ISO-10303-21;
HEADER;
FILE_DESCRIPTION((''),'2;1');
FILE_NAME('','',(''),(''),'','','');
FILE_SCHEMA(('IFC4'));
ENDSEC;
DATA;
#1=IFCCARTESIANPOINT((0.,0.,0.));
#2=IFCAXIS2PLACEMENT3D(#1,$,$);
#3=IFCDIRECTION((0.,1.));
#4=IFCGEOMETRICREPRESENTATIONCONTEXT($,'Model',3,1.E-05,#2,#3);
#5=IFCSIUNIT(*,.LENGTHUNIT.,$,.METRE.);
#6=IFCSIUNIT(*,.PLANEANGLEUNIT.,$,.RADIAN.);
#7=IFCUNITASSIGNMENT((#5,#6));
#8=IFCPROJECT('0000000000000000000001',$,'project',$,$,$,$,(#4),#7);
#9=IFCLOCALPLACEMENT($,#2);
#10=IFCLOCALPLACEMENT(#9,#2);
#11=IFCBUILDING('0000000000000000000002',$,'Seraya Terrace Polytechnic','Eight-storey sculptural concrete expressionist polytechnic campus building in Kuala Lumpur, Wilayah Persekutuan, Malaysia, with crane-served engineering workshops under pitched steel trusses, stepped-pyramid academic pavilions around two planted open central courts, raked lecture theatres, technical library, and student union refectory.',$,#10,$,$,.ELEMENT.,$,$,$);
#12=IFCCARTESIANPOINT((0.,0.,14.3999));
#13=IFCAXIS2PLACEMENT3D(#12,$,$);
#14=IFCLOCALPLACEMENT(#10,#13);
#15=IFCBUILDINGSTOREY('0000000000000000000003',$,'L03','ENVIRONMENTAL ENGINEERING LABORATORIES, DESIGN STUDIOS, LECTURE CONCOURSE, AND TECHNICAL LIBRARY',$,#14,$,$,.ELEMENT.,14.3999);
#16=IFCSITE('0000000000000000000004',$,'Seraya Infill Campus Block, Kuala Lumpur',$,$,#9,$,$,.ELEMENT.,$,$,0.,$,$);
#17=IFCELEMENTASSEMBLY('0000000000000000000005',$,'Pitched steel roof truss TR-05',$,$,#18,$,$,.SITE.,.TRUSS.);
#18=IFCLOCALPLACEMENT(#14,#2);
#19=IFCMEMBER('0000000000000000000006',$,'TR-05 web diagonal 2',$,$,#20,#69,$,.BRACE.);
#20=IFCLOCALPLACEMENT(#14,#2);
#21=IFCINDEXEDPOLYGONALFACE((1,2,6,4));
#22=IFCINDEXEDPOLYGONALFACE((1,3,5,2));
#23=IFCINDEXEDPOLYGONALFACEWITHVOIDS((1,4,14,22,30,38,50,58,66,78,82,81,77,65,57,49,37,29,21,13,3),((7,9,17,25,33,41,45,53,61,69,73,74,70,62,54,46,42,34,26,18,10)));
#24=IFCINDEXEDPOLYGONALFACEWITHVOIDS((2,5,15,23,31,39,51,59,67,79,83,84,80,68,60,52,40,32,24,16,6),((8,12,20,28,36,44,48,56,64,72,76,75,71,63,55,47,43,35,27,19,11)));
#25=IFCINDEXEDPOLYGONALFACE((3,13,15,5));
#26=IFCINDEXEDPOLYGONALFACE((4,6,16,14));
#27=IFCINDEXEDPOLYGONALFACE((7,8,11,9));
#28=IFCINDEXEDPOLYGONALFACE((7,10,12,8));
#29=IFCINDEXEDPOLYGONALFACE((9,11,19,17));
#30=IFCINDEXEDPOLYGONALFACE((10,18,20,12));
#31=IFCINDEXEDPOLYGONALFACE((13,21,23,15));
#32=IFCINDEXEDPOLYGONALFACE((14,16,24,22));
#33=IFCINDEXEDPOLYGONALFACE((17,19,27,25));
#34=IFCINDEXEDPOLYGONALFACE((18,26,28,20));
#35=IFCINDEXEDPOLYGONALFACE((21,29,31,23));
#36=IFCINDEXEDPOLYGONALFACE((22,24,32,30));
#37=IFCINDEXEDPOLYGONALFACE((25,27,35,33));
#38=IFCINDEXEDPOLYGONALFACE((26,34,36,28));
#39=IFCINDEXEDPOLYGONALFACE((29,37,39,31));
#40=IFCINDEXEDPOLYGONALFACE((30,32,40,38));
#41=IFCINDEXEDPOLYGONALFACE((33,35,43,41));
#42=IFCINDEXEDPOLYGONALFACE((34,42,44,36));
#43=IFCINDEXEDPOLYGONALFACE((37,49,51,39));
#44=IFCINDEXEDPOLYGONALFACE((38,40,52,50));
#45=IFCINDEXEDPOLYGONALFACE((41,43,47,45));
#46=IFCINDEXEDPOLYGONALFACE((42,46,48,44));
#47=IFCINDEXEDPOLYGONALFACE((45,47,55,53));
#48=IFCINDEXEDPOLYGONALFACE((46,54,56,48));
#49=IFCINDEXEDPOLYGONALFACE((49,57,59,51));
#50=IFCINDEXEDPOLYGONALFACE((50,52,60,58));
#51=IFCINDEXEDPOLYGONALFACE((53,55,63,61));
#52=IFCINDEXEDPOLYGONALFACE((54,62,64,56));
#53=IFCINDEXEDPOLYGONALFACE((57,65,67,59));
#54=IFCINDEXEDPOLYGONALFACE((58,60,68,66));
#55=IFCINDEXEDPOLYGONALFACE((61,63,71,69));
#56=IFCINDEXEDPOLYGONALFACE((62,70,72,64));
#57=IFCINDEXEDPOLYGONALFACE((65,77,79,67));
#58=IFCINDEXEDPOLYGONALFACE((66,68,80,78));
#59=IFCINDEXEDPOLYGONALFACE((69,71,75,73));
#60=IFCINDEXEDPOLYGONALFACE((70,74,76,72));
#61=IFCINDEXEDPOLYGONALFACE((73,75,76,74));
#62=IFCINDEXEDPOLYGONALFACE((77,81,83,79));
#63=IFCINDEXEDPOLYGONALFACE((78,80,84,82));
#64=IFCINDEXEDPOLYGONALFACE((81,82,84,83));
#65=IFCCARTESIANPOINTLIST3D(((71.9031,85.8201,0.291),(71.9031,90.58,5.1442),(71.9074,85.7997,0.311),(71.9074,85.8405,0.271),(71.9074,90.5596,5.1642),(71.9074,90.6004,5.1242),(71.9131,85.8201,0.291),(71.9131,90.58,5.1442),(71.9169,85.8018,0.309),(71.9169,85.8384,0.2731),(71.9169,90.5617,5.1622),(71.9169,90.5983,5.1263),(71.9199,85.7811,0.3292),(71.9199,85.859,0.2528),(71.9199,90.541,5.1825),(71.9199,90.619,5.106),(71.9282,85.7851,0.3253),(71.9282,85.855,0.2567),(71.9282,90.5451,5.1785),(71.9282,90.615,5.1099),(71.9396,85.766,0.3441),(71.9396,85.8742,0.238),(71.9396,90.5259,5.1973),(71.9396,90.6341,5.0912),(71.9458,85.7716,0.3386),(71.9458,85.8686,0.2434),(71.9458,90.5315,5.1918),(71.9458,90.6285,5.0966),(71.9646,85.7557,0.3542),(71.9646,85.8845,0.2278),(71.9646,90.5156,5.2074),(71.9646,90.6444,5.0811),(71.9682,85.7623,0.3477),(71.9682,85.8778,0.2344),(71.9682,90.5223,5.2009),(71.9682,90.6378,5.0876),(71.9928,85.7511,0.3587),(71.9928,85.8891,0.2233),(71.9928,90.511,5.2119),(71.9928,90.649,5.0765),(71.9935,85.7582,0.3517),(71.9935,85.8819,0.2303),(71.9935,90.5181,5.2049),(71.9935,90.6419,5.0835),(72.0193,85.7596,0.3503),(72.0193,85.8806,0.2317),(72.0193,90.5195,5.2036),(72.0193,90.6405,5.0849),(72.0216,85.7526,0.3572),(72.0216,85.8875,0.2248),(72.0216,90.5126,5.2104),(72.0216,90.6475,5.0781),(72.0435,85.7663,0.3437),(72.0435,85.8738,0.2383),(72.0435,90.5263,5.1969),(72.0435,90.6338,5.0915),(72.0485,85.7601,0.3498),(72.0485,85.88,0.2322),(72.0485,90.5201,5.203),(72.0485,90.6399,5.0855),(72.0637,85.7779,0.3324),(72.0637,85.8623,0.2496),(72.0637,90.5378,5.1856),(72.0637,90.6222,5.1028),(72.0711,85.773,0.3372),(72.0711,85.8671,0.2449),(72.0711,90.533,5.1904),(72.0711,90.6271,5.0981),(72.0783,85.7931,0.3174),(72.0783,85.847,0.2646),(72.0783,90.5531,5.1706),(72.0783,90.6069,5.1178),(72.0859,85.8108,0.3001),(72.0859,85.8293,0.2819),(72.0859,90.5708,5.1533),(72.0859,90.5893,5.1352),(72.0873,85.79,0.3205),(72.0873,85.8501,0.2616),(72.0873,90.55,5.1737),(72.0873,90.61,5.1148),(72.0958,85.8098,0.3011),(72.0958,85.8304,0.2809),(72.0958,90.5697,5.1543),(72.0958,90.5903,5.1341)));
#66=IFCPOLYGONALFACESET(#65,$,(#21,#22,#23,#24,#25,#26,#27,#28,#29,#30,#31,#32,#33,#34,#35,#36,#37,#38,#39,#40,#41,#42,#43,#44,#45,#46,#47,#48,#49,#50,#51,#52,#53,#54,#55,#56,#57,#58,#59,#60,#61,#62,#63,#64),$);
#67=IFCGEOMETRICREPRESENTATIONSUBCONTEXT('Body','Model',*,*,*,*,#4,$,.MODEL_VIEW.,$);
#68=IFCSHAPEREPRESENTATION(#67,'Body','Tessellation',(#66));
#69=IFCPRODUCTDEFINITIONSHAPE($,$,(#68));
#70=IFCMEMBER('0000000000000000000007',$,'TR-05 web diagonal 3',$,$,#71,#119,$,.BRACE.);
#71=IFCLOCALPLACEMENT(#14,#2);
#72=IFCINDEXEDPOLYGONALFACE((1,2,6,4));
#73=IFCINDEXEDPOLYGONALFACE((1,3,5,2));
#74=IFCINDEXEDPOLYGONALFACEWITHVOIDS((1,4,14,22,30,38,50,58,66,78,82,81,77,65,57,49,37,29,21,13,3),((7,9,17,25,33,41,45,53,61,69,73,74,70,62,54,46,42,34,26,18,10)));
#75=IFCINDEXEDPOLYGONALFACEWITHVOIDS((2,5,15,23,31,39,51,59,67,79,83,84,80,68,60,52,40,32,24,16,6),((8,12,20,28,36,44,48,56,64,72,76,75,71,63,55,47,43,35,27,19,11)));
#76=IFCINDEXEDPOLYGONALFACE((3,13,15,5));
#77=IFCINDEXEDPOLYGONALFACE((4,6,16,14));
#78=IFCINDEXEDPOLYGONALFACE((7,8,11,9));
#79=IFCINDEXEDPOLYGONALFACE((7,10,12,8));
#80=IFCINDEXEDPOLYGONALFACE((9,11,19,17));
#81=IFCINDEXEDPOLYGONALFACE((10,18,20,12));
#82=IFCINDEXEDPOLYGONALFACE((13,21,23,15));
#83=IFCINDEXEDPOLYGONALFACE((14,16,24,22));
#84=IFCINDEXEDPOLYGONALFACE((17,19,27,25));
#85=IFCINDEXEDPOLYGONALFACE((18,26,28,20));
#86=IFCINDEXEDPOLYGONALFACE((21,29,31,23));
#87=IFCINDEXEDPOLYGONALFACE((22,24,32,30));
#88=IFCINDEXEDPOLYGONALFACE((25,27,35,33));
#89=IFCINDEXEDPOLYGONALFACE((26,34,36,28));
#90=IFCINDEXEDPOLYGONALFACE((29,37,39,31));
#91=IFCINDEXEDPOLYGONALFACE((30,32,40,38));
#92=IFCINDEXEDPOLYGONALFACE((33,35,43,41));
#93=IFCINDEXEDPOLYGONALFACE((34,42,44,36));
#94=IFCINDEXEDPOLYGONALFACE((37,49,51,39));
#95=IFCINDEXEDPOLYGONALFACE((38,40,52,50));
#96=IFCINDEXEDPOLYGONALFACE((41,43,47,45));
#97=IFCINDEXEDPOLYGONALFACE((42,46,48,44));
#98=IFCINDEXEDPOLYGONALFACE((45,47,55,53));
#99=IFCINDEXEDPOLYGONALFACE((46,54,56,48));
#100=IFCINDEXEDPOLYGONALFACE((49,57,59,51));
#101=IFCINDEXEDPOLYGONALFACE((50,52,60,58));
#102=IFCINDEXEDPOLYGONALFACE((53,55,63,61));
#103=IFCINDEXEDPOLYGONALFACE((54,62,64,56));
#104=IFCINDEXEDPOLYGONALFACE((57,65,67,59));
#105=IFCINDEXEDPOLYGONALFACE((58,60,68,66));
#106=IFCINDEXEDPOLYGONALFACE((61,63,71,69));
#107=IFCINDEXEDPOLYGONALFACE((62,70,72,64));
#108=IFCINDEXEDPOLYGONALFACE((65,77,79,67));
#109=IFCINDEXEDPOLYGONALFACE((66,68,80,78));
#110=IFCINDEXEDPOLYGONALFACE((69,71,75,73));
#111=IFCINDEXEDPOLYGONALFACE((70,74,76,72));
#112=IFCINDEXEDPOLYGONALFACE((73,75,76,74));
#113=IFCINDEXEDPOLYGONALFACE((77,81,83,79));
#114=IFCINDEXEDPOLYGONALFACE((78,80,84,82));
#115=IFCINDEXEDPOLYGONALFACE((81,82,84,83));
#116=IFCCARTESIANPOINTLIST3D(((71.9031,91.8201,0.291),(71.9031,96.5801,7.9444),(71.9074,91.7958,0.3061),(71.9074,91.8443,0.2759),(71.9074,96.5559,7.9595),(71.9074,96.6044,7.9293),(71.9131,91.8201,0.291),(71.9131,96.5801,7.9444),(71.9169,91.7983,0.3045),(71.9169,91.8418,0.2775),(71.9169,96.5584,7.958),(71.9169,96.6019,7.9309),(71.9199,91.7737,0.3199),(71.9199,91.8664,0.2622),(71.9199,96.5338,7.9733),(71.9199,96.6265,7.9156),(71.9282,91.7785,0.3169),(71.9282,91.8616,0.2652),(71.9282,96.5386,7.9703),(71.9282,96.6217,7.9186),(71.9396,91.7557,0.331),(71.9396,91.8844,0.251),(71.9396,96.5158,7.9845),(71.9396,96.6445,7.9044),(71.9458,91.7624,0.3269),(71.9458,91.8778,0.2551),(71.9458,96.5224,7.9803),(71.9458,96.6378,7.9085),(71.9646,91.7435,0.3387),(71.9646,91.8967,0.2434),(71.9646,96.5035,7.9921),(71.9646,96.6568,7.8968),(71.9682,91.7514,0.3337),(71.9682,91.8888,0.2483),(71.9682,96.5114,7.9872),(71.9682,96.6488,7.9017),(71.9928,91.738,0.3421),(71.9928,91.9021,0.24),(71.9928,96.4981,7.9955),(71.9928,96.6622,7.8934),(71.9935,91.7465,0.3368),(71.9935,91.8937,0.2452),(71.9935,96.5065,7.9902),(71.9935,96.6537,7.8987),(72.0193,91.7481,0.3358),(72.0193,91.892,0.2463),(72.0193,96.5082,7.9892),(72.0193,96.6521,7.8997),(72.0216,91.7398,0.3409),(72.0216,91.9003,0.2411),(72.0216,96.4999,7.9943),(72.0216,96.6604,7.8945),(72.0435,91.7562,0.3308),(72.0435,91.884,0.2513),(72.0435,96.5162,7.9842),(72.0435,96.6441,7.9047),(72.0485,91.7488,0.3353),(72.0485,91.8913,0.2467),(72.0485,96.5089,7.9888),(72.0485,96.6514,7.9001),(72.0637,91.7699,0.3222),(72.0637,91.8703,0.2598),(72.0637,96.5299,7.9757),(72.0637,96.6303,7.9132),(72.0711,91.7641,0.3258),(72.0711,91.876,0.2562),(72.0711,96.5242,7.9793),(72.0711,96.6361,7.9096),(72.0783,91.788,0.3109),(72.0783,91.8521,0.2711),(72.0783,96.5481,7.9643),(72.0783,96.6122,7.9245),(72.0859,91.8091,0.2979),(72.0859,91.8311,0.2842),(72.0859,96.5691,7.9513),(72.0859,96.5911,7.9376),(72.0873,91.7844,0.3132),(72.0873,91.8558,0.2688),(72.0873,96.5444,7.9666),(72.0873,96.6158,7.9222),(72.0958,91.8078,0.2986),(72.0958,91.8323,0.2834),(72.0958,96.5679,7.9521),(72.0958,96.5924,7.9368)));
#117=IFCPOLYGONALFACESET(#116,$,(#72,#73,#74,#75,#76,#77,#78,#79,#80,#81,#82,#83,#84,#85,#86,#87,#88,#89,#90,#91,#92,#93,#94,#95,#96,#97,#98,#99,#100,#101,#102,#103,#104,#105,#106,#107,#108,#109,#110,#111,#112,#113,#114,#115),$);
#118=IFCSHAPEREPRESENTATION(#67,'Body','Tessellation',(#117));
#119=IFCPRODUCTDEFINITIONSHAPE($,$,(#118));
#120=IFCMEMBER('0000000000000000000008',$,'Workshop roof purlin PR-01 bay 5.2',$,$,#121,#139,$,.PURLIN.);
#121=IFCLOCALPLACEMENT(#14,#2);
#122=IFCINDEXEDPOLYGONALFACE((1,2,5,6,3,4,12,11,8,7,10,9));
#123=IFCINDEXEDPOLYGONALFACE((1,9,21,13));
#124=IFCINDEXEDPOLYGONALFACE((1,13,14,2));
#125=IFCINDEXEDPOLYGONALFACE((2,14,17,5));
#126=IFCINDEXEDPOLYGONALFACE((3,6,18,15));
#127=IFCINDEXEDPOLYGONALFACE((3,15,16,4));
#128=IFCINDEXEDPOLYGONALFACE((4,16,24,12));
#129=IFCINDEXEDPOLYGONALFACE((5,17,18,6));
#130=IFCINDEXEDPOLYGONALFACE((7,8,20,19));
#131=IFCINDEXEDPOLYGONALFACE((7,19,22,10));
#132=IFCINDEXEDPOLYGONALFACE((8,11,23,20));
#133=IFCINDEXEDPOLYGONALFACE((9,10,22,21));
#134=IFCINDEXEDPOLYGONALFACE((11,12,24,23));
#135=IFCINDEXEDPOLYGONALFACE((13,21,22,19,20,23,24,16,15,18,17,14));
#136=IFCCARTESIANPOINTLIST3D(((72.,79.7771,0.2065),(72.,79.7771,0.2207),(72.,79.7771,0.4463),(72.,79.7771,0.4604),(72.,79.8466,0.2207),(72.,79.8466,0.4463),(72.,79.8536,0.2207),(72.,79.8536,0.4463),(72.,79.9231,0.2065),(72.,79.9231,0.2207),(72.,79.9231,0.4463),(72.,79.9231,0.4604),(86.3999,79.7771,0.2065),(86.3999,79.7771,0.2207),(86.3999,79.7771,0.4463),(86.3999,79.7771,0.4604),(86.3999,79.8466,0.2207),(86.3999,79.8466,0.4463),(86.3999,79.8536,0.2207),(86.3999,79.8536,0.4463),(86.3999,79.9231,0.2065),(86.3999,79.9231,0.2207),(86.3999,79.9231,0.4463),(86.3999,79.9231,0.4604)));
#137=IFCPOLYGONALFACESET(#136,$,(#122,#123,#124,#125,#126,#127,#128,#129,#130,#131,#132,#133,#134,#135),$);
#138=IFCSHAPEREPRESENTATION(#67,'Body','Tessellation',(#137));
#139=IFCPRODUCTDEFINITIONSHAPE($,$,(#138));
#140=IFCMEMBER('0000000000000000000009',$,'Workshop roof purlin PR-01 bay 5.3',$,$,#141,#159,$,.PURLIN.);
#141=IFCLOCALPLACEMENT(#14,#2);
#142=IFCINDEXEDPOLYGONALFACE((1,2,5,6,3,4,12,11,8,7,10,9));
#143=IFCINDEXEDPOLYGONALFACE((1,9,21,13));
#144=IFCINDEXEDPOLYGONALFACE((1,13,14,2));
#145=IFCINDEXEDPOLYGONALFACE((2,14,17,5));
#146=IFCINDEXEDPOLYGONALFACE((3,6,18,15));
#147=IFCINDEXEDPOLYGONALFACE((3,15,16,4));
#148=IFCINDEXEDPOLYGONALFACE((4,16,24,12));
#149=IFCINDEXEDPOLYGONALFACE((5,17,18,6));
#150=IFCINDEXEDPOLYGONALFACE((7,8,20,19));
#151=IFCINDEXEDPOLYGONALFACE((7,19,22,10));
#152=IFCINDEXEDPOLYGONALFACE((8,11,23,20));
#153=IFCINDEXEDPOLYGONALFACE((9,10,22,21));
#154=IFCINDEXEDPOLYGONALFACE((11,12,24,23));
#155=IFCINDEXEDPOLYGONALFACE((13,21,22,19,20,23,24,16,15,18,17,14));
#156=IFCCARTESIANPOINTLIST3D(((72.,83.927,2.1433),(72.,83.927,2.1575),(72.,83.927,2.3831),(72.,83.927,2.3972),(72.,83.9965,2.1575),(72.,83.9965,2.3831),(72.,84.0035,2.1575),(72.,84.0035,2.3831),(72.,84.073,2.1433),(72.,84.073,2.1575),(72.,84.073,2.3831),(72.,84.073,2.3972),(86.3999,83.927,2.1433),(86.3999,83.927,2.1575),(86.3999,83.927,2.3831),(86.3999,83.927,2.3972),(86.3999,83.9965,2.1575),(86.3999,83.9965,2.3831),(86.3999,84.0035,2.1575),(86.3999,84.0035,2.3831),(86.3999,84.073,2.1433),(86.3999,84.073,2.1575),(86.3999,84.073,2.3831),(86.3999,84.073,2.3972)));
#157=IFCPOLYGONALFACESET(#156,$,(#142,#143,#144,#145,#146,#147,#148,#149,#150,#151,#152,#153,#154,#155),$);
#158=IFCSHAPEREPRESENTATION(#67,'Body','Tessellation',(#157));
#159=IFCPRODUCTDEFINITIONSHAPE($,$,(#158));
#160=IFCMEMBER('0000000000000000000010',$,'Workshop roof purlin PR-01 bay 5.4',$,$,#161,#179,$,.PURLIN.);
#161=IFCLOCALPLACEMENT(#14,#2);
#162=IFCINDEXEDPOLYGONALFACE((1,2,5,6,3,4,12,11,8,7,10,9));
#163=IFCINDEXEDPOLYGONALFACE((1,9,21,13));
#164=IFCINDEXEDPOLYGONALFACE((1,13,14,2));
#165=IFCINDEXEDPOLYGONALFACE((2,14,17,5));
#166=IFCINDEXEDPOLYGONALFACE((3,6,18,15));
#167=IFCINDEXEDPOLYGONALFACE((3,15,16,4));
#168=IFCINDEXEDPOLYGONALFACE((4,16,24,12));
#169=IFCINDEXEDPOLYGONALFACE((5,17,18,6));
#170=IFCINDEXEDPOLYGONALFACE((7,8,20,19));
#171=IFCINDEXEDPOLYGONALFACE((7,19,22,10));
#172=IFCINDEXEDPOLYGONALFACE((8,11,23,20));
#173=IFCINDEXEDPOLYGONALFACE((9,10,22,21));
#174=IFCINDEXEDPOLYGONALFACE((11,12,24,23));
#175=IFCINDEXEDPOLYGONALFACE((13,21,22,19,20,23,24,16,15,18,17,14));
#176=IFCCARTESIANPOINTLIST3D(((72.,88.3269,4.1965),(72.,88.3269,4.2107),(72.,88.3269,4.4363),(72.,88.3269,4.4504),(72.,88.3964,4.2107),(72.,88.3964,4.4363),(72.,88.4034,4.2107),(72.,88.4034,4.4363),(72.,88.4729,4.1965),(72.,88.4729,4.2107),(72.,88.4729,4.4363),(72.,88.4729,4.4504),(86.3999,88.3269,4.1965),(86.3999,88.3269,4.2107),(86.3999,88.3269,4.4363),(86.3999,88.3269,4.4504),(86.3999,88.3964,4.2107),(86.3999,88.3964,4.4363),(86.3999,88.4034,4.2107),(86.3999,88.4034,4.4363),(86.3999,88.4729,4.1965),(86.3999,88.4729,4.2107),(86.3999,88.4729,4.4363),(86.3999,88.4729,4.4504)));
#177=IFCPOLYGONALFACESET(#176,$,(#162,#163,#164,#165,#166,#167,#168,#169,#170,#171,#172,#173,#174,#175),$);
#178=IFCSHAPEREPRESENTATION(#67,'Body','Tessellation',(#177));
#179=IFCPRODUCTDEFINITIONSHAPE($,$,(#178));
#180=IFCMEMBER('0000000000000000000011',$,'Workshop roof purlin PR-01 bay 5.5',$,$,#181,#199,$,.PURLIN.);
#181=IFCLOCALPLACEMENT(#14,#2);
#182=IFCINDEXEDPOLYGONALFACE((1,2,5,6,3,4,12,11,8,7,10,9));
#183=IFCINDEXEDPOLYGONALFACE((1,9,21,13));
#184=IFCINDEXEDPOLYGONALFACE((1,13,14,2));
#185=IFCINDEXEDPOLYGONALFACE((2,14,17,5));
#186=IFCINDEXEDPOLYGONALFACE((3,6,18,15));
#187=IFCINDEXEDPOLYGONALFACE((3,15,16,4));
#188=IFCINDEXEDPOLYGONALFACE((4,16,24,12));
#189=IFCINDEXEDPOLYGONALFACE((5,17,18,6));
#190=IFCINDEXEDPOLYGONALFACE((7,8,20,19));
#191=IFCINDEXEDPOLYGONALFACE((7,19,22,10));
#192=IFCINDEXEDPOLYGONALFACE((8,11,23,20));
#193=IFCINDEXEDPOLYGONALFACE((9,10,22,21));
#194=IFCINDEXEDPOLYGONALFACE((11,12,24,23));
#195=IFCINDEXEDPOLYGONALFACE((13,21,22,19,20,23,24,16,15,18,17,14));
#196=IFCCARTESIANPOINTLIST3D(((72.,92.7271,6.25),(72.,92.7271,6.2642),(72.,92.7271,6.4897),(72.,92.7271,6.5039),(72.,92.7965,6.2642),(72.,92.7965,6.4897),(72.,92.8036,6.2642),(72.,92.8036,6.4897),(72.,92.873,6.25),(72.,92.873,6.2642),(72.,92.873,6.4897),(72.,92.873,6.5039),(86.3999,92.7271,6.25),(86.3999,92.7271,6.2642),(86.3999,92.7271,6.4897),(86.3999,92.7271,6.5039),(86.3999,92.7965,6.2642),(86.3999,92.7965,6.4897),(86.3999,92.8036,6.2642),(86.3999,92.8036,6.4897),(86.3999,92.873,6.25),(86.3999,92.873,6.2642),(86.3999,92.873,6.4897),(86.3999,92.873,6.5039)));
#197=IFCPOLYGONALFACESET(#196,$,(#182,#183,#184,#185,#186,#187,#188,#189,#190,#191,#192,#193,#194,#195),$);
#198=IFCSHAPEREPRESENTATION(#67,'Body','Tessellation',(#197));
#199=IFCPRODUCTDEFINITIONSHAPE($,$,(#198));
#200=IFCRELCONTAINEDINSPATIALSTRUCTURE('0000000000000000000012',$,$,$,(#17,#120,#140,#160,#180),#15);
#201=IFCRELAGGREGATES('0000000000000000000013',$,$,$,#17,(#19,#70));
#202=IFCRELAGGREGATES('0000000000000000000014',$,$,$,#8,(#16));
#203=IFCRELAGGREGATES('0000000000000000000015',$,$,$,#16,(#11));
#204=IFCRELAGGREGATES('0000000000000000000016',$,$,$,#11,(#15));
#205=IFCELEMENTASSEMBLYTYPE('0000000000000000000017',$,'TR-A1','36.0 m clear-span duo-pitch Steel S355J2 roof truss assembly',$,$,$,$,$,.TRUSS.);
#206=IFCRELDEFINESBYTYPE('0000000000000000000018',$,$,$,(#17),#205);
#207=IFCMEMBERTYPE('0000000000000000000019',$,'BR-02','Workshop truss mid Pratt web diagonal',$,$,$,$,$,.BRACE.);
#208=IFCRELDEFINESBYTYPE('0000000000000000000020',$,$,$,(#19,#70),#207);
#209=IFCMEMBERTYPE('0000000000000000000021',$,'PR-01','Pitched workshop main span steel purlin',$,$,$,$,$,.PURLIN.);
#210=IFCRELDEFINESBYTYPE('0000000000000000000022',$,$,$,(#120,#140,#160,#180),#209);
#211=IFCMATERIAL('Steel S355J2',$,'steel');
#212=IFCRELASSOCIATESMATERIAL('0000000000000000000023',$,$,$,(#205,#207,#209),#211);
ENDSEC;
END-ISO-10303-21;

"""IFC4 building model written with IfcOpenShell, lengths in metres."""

from ifc_helpers import new_model, si_unit, direction, frame, origin, origin_2d, place, context, subcontext, project, spatial, hollow_circle, i_section, extrude, material, material_profile, profile_set, type_object, element, aggregate, save


model = new_model("IFC4")

# Units and contexts
model_context = context("Model", 3, precision=1e-05, world=origin(), true_north=direction((0.0, 1.0)))
body_context = subcontext(model_context, "Body", "Model", "MODEL_VIEW")
ifc_project = project(units=[si_unit("LENGTHUNIT", "METRE"), si_unit("PLANEANGLEUNIT", "RADIAN")], contexts=[model_context])

# Site, building, storey
site_placement = place(None, origin())
site = spatial("IfcSite", under=ifc_project, at=site_placement, Name="Seraya Infill Campus Block, Kuala Lumpur", CompositionType="ELEMENT", RefElevation=0.0)
building_placement = place(site_placement, origin())
building = spatial("IfcBuilding", under=site, at=building_placement, Name="Seraya Terrace Polytechnic", Description="Eight-storey sculptural concrete expressionist polytechnic campus building in Kuala Lumpur, Wilayah Persekutuan, Malaysia, with crane-served engineering workshops under pitched steel trusses, stepped-pyramid academic pavilions around two planted open central courts, raked lecture theatres, technical library, and student union refectory.", CompositionType="ELEMENT")
storey_placement = place(building_placement, frame((0.0, 0.0, 14.3999)))
storey = spatial("IfcBuildingStorey", under=building, at=storey_placement, Name="L03", Description="ENVIRONMENTAL ENGINEERING LABORATORIES, DESIGN STUDIOS, LECTURE CONCOURSE, AND TECHNICAL LIBRARY", CompositionType="ELEMENT", Elevation=14.3999)

# Element assembly
ifc_material_1 = material(Name="Steel S355J2", Category="steel")
element_assembly_type = type_object("IfcElementAssemblyType", Name="TR-A1", Description="36.0 m clear-span duo-pitch Steel S355J2 roof truss assembly", PredefinedType="TRUSS", material=ifc_material_1)
assembly_1_placement = place(storey_placement, origin())
assembly_1 = element("IfcElementAssembly", 1, at=assembly_1_placement, inside=storey, type_object=element_assembly_type, Name="Pitched steel roof truss TR-05", AssemblyPlace="SITE", PredefinedType="TRUSS")

# Members
ifc_material_profile_1 = material_profile(ifc_material_1, hollow_circle(Radius=0.0969, WallThickness=0.01, at=origin_2d()), Name="CHS 193.7x10.0")
ifc_profile_set_1 = profile_set([ifc_material_profile_1], Name="Steel S355J2")
member_type_1 = type_object("IfcMemberType", Name="BR-02", Description="Workshop truss mid Pratt web diagonal", PredefinedType="BRACE", material=ifc_profile_set_1)
member_1_placement = place(storey_placement, frame((72.0, 85.8201, 0.291), z_axis=(0.0, 0.700214, 0.713933), x_axis=(-1.0, 0.0, 0.0)))
member_1 = element("IfcMember", 2, at=member_1_placement, type_object=member_type_1, Name="TR-05 web diagonal 2", PredefinedType="BRACE", context=body_context, shape_type="SweptSolid", body=[
    extrude(hollow_circle(Radius=0.0969, WallThickness=0.01, at=origin_2d()), origin(), (0.0, 0.0, 1.0), 6.7979),
])
member_2_placement = place(storey_placement, frame((72.0, 91.8201, 0.291), z_axis=(0.0, 0.528137, 0.849159), x_axis=(-1.0, 0.0, 0.0)))
member_2 = element("IfcMember", 3, at=member_2_placement, type_object=member_type_1, Name="TR-05 web diagonal 3", PredefinedType="BRACE", context=body_context, shape_type="SweptSolid", body=[
    extrude(hollow_circle(Radius=0.0969, WallThickness=0.01, at=origin_2d()), origin(), (0.0, 0.0, 1.0), 9.0129),
])

# Members
ifc_material_profile_2 = material_profile(ifc_material_1, i_section(OverallWidth=0.146, OverallDepth=0.2539, WebThickness=0.0071, FlangeThickness=0.0142, at=origin_2d()), Name="UKB 254x146x7.2x14.2")
ifc_profile_set_2 = profile_set([ifc_material_profile_2], Name="Steel S355J2")
member_type_2 = type_object("IfcMemberType", Name="PR-01", Description="Pitched workshop main span steel purlin", PredefinedType="PURLIN", material=ifc_profile_set_2)
for number, where, z_axis, x_axis, name in (
    (4, (72.0, 79.8501, 0.3335), (1.0, 0.0, 0.0), (0.0, 1.0, 0.0), "Workshop roof purlin PR-01 bay 5.2"),
    (5, (72.0, 84.0, 2.2703), (1.0, 0.0, 0.0), (0.0, 1.0, 0.0), "Workshop roof purlin PR-01 bay 5.3"),
    (6, (72.0, 88.3999, 4.3235), (1.0, 0.0, 0.0), (0.0, 1.0, 0.0), "Workshop roof purlin PR-01 bay 5.4"),
    (7, (72.0, 92.8, 6.377), (1.0, 0.0, 0.0), (0.0, 1.0, 0.0), "Workshop roof purlin PR-01 bay 5.5"),
):
    element("IfcMember", number, at=place(storey_placement, frame(where, z_axis=z_axis, x_axis=x_axis)), inside=storey, type_object=member_type_2, Name=name, PredefinedType="PURLIN", context=body_context, shape_type="SweptSolid", body=[
        extrude(i_section(OverallWidth=0.146, OverallDepth=0.2539, WebThickness=0.0071, FlangeThickness=0.0142, at=origin_2d()), origin(), (0.0, 0.0, 1.0), 14.3999),
    ])

aggregate(assembly_1, [member_1, member_2])

save(model, "model.ifc")
